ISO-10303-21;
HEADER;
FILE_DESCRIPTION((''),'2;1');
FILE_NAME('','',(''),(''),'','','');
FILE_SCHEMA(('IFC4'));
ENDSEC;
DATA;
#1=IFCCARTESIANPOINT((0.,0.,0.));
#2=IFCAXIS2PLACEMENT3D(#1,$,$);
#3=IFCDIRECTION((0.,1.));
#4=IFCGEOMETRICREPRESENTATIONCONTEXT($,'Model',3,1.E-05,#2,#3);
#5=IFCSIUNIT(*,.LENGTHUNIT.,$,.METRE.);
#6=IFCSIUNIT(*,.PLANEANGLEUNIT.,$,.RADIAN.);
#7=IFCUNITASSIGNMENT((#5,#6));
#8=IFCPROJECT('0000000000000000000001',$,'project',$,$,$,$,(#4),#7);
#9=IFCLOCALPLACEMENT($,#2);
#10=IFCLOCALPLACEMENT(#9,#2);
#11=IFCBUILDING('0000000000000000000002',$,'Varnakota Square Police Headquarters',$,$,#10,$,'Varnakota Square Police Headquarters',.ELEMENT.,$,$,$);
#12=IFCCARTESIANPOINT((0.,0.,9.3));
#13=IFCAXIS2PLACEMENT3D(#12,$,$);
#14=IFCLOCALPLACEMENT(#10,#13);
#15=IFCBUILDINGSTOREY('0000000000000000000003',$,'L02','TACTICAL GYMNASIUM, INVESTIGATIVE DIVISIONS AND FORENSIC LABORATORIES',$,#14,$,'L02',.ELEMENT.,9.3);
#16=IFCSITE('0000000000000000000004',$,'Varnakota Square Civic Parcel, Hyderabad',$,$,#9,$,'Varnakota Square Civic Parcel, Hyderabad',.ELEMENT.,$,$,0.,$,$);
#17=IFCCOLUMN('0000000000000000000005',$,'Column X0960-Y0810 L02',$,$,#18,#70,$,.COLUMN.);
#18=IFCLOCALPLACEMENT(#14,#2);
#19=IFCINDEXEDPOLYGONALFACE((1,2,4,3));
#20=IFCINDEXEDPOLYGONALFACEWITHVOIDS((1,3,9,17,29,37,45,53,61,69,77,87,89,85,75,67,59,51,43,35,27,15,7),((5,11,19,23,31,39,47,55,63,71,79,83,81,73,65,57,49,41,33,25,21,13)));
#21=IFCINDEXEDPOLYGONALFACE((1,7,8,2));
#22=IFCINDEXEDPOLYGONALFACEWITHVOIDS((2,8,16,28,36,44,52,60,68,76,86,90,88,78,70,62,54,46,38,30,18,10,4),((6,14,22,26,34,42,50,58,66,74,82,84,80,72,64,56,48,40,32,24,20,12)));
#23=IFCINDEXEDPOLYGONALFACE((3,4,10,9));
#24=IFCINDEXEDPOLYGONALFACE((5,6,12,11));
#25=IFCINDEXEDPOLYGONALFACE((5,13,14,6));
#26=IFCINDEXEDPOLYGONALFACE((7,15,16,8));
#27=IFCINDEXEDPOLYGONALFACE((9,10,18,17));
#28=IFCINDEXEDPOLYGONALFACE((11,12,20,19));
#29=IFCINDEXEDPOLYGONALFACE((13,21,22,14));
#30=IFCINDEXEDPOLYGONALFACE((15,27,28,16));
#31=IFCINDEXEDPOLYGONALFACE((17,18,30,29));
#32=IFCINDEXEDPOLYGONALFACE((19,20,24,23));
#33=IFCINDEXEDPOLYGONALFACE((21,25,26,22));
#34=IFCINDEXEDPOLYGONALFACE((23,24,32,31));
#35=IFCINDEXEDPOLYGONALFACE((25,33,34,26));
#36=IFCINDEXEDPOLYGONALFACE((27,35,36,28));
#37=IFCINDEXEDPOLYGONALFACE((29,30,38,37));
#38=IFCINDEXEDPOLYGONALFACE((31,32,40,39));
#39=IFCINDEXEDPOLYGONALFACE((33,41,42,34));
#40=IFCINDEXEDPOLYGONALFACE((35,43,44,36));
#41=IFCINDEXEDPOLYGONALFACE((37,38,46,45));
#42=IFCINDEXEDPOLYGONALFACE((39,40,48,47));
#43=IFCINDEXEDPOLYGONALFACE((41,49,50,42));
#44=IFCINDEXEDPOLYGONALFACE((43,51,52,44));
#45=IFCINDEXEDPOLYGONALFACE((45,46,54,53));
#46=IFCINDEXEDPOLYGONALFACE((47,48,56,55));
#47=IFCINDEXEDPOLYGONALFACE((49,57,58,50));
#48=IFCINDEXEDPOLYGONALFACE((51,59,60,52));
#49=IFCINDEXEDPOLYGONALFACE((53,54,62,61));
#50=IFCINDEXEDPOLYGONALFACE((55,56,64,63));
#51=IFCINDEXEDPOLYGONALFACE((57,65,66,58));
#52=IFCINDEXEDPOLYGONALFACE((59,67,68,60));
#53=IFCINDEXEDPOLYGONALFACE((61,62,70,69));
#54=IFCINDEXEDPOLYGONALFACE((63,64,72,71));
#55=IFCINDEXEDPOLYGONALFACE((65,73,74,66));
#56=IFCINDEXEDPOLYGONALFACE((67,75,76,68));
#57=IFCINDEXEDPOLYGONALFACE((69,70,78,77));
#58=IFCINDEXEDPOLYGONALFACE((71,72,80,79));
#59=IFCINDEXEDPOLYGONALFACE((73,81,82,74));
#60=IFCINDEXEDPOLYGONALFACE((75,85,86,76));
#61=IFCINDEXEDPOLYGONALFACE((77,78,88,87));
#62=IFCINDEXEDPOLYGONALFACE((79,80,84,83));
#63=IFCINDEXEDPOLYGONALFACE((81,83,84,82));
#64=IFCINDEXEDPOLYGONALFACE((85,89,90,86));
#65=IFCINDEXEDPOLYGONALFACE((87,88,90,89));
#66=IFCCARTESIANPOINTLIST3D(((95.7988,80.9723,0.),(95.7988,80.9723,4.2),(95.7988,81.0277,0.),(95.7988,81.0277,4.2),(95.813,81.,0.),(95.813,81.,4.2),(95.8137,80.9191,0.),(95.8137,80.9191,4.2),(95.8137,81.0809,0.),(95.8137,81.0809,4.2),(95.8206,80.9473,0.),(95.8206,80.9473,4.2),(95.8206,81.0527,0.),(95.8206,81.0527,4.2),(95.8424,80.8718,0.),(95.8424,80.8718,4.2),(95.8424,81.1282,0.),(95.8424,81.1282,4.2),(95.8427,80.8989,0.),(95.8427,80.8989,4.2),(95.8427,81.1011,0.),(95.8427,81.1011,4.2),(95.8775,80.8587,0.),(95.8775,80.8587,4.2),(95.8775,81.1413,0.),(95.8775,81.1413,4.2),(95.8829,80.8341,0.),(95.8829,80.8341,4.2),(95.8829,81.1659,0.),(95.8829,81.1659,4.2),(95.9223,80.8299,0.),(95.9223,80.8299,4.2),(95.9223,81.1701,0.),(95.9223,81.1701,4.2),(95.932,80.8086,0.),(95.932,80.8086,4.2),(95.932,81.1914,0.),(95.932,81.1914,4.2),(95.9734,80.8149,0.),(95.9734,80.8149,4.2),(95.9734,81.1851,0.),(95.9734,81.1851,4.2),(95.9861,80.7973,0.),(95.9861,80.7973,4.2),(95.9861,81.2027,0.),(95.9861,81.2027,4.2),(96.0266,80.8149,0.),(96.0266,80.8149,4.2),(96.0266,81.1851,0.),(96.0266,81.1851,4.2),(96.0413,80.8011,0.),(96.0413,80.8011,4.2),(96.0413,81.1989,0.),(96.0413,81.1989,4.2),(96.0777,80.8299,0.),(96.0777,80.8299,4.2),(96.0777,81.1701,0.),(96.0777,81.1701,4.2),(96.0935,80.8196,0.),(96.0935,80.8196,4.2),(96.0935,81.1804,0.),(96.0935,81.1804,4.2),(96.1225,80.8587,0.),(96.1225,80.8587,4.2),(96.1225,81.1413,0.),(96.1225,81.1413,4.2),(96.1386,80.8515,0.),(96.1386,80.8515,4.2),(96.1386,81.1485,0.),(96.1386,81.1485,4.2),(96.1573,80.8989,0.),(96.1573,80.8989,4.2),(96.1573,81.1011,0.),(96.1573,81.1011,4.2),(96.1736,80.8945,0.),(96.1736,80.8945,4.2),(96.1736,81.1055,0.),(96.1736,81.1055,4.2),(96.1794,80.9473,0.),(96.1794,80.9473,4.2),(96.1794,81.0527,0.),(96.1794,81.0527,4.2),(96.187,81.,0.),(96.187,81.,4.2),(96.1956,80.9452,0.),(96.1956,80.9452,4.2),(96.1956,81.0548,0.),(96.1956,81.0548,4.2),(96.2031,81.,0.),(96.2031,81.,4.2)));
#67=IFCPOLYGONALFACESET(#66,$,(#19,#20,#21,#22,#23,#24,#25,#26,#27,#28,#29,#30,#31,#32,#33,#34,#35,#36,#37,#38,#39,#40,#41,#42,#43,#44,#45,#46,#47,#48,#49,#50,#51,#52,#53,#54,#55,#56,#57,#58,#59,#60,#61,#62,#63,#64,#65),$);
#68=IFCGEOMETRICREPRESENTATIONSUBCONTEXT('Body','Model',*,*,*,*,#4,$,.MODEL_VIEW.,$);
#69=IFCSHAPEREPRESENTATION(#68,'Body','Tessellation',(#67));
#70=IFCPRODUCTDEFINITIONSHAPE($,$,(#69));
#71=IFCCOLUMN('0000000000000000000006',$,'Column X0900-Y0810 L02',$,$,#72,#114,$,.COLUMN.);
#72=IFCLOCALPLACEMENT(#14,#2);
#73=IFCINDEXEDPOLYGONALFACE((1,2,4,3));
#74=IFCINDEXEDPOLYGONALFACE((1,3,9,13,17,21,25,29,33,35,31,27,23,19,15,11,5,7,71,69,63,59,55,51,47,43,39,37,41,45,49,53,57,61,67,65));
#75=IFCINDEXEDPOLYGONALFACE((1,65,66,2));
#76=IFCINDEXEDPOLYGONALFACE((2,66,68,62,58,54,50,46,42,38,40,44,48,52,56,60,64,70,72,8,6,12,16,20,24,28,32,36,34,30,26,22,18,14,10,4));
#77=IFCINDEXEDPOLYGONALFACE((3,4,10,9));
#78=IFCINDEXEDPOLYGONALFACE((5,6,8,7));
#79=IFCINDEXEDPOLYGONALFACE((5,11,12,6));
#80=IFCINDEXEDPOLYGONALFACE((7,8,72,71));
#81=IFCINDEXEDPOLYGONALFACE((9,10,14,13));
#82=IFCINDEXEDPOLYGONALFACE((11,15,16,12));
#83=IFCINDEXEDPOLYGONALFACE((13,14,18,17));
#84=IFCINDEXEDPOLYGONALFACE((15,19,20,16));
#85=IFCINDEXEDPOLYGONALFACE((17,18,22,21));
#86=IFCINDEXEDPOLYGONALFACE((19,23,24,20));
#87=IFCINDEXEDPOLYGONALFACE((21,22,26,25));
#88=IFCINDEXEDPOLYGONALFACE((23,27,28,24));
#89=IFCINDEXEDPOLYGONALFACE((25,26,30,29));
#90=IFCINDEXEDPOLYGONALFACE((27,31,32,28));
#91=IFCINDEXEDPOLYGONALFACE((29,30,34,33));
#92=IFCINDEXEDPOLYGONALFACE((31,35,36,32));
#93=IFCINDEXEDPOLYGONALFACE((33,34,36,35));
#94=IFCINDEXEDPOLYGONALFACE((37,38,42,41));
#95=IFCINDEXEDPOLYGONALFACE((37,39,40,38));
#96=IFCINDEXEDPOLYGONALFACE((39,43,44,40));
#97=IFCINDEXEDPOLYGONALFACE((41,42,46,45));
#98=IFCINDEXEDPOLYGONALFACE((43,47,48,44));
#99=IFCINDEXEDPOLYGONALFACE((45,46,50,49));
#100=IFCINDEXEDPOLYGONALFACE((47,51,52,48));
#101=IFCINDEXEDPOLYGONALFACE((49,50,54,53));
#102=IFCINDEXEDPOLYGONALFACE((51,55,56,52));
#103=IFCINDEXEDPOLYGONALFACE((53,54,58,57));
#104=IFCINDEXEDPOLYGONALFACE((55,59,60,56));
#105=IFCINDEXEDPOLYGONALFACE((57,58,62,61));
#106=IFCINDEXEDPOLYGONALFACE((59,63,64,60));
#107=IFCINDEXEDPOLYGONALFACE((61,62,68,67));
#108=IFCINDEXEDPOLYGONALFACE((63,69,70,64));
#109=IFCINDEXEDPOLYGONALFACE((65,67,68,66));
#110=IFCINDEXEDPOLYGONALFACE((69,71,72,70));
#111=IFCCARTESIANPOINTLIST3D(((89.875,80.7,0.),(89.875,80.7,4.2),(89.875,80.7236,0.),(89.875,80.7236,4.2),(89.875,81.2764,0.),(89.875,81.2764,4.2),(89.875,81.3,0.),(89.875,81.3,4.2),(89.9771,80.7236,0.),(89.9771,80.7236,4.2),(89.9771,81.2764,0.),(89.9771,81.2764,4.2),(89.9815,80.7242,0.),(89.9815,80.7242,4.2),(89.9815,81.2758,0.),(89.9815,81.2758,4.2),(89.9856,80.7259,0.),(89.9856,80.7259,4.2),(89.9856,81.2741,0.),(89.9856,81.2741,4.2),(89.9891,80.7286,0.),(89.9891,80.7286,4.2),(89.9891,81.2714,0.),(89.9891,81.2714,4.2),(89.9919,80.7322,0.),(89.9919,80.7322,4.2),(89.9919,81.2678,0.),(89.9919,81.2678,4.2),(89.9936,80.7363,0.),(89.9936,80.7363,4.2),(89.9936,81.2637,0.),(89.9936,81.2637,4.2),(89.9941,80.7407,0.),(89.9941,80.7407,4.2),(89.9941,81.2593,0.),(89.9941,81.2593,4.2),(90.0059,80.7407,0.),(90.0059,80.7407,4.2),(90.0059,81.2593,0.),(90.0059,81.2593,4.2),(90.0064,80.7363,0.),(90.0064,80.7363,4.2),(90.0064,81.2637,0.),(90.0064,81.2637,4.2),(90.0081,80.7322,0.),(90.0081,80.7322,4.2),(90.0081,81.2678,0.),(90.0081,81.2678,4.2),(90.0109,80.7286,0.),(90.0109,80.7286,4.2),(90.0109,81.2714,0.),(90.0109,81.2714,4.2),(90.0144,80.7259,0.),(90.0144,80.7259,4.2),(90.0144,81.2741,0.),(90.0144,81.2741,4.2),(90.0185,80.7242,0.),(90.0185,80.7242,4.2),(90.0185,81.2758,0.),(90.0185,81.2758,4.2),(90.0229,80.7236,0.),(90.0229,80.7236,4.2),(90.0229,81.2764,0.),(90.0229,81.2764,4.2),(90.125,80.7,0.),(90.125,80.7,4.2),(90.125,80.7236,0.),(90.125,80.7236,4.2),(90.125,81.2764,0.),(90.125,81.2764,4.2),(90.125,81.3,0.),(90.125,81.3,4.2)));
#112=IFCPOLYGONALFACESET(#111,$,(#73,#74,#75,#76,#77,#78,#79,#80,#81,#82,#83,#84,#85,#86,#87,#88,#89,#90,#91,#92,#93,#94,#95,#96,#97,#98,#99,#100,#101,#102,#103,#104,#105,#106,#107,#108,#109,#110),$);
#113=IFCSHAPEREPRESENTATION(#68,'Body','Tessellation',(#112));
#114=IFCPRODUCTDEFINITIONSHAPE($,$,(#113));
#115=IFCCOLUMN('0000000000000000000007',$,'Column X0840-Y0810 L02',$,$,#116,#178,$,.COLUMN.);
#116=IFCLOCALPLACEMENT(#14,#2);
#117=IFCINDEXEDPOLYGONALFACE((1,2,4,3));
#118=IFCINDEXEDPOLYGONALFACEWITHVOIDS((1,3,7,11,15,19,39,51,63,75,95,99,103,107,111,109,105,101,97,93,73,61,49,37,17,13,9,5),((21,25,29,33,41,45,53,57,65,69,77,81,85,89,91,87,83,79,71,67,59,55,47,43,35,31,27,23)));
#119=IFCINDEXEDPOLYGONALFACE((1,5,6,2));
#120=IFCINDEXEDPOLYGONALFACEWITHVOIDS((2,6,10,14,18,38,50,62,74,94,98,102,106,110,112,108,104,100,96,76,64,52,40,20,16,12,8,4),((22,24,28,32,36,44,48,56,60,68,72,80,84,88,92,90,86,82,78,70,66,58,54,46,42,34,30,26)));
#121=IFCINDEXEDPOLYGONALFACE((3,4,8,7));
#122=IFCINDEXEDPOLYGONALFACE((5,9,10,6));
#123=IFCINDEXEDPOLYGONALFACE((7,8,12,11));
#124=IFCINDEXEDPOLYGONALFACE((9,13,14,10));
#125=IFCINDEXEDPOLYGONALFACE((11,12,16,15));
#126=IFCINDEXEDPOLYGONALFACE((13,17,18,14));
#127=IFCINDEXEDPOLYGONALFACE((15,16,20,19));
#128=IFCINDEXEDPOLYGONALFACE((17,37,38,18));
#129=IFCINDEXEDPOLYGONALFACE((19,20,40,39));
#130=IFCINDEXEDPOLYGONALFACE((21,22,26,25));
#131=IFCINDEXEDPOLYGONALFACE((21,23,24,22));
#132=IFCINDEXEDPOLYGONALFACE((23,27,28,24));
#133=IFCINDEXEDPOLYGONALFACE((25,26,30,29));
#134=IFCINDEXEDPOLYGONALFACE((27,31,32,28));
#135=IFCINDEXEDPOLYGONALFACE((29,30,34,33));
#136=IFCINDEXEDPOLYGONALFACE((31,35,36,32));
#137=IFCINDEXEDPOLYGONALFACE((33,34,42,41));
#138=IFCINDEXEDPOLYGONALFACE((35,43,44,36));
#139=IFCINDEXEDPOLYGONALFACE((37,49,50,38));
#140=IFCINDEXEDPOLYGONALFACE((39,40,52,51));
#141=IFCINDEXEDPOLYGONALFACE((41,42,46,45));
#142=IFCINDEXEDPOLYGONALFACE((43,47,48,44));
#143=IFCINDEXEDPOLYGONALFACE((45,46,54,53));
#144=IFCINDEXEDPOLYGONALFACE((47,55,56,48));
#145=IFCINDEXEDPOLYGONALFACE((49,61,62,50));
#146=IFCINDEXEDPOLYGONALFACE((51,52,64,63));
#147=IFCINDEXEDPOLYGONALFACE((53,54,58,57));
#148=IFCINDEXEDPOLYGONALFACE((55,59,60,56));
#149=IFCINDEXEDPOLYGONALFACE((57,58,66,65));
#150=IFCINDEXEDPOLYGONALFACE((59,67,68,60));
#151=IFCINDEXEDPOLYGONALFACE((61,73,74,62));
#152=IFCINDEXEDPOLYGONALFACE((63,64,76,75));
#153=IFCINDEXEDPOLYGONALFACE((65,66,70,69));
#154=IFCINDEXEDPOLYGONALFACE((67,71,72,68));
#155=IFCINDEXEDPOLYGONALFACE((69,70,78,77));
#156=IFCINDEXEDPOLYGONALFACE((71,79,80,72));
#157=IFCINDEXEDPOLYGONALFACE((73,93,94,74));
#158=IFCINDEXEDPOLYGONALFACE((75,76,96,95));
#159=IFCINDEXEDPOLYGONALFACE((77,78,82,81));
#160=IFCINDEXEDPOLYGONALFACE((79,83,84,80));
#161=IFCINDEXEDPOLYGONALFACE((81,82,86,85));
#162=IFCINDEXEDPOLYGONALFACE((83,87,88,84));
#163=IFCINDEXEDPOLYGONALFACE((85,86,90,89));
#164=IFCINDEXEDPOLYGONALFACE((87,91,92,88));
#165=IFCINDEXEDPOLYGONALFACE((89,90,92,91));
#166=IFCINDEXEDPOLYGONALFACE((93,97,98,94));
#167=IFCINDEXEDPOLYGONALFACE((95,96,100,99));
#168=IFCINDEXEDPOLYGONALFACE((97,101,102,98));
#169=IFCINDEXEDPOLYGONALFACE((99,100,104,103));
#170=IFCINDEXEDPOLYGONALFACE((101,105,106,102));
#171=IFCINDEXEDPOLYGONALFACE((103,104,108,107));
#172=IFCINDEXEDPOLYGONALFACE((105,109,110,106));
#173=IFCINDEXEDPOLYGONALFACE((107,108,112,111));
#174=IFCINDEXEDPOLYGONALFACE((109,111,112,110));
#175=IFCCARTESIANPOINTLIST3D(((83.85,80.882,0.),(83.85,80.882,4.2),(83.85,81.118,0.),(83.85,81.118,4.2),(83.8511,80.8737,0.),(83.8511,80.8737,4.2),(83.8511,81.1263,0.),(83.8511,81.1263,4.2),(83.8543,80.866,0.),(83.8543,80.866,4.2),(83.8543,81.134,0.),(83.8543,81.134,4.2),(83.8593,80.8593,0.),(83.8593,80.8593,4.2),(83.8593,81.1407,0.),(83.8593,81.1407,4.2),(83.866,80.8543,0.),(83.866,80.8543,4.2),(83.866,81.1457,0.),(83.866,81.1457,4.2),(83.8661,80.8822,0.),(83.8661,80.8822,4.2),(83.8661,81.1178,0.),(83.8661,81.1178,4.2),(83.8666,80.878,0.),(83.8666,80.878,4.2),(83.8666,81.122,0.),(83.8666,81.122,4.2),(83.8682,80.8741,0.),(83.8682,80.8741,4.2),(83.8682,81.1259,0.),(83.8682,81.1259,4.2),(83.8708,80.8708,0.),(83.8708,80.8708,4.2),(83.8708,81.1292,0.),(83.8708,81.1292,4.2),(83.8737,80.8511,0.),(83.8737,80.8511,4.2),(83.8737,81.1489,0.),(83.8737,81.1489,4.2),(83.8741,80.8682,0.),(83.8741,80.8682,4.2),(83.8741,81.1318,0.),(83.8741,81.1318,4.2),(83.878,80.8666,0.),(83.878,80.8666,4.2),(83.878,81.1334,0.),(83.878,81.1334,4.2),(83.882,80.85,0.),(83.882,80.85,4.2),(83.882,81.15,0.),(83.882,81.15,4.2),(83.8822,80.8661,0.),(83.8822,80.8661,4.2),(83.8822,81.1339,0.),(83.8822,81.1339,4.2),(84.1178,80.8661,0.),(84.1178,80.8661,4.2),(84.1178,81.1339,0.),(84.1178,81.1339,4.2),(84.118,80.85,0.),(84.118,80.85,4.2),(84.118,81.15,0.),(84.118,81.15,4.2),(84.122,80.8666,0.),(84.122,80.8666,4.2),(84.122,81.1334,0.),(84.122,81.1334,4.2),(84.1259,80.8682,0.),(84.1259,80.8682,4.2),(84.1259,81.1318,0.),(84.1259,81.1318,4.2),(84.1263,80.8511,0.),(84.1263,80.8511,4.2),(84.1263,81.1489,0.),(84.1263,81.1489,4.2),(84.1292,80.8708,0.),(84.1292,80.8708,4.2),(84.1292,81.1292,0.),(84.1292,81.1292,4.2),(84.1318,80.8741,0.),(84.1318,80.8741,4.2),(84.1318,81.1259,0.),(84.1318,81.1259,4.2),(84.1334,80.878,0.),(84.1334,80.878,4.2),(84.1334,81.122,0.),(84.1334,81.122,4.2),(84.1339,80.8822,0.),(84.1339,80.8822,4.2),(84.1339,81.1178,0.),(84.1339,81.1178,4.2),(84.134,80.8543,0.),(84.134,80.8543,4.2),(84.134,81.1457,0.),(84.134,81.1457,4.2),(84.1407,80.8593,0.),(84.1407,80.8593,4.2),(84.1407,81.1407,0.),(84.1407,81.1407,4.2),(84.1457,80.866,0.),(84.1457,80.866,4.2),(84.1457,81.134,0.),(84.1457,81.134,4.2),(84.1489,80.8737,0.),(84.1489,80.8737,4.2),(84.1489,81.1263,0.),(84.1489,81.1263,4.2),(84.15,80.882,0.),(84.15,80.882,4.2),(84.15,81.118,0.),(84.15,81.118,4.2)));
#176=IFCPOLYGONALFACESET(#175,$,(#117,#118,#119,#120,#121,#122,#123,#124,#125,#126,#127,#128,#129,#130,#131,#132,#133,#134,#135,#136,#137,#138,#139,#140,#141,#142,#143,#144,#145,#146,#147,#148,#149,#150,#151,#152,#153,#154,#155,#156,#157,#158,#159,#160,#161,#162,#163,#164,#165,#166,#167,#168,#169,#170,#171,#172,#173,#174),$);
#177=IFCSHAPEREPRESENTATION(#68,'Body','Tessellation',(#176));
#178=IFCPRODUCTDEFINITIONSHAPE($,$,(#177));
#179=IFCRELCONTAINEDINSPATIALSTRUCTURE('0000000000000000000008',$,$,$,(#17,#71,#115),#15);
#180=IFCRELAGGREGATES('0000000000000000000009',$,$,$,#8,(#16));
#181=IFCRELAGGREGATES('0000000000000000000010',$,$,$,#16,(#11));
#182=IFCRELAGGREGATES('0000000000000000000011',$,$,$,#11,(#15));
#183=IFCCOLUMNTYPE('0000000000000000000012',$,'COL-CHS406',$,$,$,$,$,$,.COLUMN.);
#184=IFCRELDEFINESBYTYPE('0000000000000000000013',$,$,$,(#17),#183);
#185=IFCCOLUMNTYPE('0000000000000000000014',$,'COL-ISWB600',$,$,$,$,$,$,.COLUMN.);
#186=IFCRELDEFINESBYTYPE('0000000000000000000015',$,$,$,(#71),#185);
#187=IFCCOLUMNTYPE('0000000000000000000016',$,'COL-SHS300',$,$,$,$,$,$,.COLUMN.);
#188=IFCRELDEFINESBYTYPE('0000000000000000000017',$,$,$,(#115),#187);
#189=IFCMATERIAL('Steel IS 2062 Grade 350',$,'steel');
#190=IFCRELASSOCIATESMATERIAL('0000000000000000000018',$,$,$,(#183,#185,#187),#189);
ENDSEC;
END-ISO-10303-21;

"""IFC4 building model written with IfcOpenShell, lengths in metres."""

from ifc_helpers import new_model, si_unit, direction, frame, origin, origin_2d, place, context, subcontext, project, spatial, hollow_rectangle, hollow_circle, i_section, extrude, material, material_profile, profile_set, type_object, element, save


model = new_model("IFC4")

# Units and contexts
model_context = context("Model", 3, precision=1e-05, world=origin(), true_north=direction((0.0, 1.0)))
body_context = subcontext(model_context, "Body", "Model", "MODEL_VIEW")
ifc_project = project(units=[si_unit("LENGTHUNIT", "METRE"), si_unit("PLANEANGLEUNIT", "RADIAN")], contexts=[model_context])

# Site, building, storey
site_placement = place(None, origin())
site = spatial("IfcSite", under=ifc_project, at=site_placement, Name="Varnakota Square Civic Parcel, Hyderabad", LongName="Varnakota Square Civic Parcel, Hyderabad", CompositionType="ELEMENT", RefElevation=0.0)
building_placement = place(site_placement, origin())
building = spatial("IfcBuilding", under=site, at=building_placement, Name="Varnakota Square Police Headquarters", LongName="Varnakota Square Police Headquarters", CompositionType="ELEMENT")
storey_placement = place(building_placement, frame((0.0, 0.0, 9.3)))
storey = spatial("IfcBuildingStorey", under=building, at=storey_placement, Name="L02", Description="TACTICAL GYMNASIUM, INVESTIGATIVE DIVISIONS AND FORENSIC LABORATORIES", LongName="L02", CompositionType="ELEMENT", Elevation=9.3)

# Columns
ifc_material_1 = material(Name="Steel IS 2062 Grade 350", Category="steel")
ifc_material_profile_1 = material_profile(ifc_material_1, hollow_circle(Radius=0.2031, WallThickness=0.0161, at=origin_2d()), Name="CHS 406.4x16.0")
ifc_profile_set_1 = profile_set([ifc_material_profile_1], Name="Steel IS 2062 Grade 350")
column_type_1 = type_object("IfcColumnType", Name="COL-CHS406", PredefinedType="COLUMN", material=ifc_profile_set_1)
column_1_placement = place(storey_placement, frame((96.0, 81.0, 0.0), z_axis=(0.0, 0.0, 1.0), x_axis=(1.0, 0.0, 0.0)))
element("IfcColumn", 1, at=column_1_placement, inside=storey, type_object=column_type_1, Name="Column X0960-Y0810 L02", PredefinedType="COLUMN", context=body_context, shape_type="SweptSolid", body=[
    extrude(hollow_circle(Radius=0.2031, WallThickness=0.0161, at=origin_2d()), origin(), (0.0, 0.0, 1.0), 4.2),
])
ifc_material_profile_2 = material_profile(ifc_material_1, i_section(OverallWidth=0.25, OverallDepth=0.6001, WebThickness=0.0117, FlangeThickness=0.0237, FilletRadius=0.0171, at=origin_2d()), Name="ISWB 600")
ifc_profile_set_2 = profile_set([ifc_material_profile_2], Name="Steel IS 2062 Grade 350")
column_type_2 = type_object("IfcColumnType", Name="COL-ISWB600", PredefinedType="COLUMN", material=ifc_profile_set_2)
column_2_placement = place(storey_placement, frame((90.0, 81.0, 0.0), z_axis=(0.0, 0.0, 1.0), x_axis=(1.0, 0.0, 0.0)))
element("IfcColumn", 2, at=column_2_placement, inside=storey, type_object=column_type_2, Name="Column X0900-Y0810 L02", PredefinedType="COLUMN", context=body_context, shape_type="SweptSolid", body=[
    extrude(i_section(OverallWidth=0.25, OverallDepth=0.6001, WebThickness=0.0117, FlangeThickness=0.0237, FilletRadius=0.0171, at=origin_2d()), origin(), (0.0, 0.0, 1.0), 4.2),
])
ifc_material_profile_3 = material_profile(ifc_material_1, hollow_rectangle(XDim=0.3, YDim=0.3, WallThickness=0.0161, InnerFilletRadius=0.0161, OuterFilletRadius=0.032, at=origin_2d()), Name="SHS 300x300x16")
ifc_profile_set_3 = profile_set([ifc_material_profile_3], Name="Steel IS 2062 Grade 350")
column_type_3 = type_object("IfcColumnType", Name="COL-SHS300", PredefinedType="COLUMN", material=ifc_profile_set_3)
column_3_placement = place(storey_placement, frame((84.0, 81.0, 0.0), z_axis=(0.0, 0.0, 1.0), x_axis=(1.0, 0.0, 0.0)))
element("IfcColumn", 3, at=column_3_placement, inside=storey, type_object=column_type_3, Name="Column X0840-Y0810 L02", PredefinedType="COLUMN", context=body_context, shape_type="SweptSolid", body=[
    extrude(hollow_rectangle(XDim=0.3, YDim=0.3, WallThickness=0.0161, InnerFilletRadius=0.0161, OuterFilletRadius=0.032, at=origin_2d()), origin(), (0.0, 0.0, 1.0), 4.2),
])

save(model, "model.ifc")
